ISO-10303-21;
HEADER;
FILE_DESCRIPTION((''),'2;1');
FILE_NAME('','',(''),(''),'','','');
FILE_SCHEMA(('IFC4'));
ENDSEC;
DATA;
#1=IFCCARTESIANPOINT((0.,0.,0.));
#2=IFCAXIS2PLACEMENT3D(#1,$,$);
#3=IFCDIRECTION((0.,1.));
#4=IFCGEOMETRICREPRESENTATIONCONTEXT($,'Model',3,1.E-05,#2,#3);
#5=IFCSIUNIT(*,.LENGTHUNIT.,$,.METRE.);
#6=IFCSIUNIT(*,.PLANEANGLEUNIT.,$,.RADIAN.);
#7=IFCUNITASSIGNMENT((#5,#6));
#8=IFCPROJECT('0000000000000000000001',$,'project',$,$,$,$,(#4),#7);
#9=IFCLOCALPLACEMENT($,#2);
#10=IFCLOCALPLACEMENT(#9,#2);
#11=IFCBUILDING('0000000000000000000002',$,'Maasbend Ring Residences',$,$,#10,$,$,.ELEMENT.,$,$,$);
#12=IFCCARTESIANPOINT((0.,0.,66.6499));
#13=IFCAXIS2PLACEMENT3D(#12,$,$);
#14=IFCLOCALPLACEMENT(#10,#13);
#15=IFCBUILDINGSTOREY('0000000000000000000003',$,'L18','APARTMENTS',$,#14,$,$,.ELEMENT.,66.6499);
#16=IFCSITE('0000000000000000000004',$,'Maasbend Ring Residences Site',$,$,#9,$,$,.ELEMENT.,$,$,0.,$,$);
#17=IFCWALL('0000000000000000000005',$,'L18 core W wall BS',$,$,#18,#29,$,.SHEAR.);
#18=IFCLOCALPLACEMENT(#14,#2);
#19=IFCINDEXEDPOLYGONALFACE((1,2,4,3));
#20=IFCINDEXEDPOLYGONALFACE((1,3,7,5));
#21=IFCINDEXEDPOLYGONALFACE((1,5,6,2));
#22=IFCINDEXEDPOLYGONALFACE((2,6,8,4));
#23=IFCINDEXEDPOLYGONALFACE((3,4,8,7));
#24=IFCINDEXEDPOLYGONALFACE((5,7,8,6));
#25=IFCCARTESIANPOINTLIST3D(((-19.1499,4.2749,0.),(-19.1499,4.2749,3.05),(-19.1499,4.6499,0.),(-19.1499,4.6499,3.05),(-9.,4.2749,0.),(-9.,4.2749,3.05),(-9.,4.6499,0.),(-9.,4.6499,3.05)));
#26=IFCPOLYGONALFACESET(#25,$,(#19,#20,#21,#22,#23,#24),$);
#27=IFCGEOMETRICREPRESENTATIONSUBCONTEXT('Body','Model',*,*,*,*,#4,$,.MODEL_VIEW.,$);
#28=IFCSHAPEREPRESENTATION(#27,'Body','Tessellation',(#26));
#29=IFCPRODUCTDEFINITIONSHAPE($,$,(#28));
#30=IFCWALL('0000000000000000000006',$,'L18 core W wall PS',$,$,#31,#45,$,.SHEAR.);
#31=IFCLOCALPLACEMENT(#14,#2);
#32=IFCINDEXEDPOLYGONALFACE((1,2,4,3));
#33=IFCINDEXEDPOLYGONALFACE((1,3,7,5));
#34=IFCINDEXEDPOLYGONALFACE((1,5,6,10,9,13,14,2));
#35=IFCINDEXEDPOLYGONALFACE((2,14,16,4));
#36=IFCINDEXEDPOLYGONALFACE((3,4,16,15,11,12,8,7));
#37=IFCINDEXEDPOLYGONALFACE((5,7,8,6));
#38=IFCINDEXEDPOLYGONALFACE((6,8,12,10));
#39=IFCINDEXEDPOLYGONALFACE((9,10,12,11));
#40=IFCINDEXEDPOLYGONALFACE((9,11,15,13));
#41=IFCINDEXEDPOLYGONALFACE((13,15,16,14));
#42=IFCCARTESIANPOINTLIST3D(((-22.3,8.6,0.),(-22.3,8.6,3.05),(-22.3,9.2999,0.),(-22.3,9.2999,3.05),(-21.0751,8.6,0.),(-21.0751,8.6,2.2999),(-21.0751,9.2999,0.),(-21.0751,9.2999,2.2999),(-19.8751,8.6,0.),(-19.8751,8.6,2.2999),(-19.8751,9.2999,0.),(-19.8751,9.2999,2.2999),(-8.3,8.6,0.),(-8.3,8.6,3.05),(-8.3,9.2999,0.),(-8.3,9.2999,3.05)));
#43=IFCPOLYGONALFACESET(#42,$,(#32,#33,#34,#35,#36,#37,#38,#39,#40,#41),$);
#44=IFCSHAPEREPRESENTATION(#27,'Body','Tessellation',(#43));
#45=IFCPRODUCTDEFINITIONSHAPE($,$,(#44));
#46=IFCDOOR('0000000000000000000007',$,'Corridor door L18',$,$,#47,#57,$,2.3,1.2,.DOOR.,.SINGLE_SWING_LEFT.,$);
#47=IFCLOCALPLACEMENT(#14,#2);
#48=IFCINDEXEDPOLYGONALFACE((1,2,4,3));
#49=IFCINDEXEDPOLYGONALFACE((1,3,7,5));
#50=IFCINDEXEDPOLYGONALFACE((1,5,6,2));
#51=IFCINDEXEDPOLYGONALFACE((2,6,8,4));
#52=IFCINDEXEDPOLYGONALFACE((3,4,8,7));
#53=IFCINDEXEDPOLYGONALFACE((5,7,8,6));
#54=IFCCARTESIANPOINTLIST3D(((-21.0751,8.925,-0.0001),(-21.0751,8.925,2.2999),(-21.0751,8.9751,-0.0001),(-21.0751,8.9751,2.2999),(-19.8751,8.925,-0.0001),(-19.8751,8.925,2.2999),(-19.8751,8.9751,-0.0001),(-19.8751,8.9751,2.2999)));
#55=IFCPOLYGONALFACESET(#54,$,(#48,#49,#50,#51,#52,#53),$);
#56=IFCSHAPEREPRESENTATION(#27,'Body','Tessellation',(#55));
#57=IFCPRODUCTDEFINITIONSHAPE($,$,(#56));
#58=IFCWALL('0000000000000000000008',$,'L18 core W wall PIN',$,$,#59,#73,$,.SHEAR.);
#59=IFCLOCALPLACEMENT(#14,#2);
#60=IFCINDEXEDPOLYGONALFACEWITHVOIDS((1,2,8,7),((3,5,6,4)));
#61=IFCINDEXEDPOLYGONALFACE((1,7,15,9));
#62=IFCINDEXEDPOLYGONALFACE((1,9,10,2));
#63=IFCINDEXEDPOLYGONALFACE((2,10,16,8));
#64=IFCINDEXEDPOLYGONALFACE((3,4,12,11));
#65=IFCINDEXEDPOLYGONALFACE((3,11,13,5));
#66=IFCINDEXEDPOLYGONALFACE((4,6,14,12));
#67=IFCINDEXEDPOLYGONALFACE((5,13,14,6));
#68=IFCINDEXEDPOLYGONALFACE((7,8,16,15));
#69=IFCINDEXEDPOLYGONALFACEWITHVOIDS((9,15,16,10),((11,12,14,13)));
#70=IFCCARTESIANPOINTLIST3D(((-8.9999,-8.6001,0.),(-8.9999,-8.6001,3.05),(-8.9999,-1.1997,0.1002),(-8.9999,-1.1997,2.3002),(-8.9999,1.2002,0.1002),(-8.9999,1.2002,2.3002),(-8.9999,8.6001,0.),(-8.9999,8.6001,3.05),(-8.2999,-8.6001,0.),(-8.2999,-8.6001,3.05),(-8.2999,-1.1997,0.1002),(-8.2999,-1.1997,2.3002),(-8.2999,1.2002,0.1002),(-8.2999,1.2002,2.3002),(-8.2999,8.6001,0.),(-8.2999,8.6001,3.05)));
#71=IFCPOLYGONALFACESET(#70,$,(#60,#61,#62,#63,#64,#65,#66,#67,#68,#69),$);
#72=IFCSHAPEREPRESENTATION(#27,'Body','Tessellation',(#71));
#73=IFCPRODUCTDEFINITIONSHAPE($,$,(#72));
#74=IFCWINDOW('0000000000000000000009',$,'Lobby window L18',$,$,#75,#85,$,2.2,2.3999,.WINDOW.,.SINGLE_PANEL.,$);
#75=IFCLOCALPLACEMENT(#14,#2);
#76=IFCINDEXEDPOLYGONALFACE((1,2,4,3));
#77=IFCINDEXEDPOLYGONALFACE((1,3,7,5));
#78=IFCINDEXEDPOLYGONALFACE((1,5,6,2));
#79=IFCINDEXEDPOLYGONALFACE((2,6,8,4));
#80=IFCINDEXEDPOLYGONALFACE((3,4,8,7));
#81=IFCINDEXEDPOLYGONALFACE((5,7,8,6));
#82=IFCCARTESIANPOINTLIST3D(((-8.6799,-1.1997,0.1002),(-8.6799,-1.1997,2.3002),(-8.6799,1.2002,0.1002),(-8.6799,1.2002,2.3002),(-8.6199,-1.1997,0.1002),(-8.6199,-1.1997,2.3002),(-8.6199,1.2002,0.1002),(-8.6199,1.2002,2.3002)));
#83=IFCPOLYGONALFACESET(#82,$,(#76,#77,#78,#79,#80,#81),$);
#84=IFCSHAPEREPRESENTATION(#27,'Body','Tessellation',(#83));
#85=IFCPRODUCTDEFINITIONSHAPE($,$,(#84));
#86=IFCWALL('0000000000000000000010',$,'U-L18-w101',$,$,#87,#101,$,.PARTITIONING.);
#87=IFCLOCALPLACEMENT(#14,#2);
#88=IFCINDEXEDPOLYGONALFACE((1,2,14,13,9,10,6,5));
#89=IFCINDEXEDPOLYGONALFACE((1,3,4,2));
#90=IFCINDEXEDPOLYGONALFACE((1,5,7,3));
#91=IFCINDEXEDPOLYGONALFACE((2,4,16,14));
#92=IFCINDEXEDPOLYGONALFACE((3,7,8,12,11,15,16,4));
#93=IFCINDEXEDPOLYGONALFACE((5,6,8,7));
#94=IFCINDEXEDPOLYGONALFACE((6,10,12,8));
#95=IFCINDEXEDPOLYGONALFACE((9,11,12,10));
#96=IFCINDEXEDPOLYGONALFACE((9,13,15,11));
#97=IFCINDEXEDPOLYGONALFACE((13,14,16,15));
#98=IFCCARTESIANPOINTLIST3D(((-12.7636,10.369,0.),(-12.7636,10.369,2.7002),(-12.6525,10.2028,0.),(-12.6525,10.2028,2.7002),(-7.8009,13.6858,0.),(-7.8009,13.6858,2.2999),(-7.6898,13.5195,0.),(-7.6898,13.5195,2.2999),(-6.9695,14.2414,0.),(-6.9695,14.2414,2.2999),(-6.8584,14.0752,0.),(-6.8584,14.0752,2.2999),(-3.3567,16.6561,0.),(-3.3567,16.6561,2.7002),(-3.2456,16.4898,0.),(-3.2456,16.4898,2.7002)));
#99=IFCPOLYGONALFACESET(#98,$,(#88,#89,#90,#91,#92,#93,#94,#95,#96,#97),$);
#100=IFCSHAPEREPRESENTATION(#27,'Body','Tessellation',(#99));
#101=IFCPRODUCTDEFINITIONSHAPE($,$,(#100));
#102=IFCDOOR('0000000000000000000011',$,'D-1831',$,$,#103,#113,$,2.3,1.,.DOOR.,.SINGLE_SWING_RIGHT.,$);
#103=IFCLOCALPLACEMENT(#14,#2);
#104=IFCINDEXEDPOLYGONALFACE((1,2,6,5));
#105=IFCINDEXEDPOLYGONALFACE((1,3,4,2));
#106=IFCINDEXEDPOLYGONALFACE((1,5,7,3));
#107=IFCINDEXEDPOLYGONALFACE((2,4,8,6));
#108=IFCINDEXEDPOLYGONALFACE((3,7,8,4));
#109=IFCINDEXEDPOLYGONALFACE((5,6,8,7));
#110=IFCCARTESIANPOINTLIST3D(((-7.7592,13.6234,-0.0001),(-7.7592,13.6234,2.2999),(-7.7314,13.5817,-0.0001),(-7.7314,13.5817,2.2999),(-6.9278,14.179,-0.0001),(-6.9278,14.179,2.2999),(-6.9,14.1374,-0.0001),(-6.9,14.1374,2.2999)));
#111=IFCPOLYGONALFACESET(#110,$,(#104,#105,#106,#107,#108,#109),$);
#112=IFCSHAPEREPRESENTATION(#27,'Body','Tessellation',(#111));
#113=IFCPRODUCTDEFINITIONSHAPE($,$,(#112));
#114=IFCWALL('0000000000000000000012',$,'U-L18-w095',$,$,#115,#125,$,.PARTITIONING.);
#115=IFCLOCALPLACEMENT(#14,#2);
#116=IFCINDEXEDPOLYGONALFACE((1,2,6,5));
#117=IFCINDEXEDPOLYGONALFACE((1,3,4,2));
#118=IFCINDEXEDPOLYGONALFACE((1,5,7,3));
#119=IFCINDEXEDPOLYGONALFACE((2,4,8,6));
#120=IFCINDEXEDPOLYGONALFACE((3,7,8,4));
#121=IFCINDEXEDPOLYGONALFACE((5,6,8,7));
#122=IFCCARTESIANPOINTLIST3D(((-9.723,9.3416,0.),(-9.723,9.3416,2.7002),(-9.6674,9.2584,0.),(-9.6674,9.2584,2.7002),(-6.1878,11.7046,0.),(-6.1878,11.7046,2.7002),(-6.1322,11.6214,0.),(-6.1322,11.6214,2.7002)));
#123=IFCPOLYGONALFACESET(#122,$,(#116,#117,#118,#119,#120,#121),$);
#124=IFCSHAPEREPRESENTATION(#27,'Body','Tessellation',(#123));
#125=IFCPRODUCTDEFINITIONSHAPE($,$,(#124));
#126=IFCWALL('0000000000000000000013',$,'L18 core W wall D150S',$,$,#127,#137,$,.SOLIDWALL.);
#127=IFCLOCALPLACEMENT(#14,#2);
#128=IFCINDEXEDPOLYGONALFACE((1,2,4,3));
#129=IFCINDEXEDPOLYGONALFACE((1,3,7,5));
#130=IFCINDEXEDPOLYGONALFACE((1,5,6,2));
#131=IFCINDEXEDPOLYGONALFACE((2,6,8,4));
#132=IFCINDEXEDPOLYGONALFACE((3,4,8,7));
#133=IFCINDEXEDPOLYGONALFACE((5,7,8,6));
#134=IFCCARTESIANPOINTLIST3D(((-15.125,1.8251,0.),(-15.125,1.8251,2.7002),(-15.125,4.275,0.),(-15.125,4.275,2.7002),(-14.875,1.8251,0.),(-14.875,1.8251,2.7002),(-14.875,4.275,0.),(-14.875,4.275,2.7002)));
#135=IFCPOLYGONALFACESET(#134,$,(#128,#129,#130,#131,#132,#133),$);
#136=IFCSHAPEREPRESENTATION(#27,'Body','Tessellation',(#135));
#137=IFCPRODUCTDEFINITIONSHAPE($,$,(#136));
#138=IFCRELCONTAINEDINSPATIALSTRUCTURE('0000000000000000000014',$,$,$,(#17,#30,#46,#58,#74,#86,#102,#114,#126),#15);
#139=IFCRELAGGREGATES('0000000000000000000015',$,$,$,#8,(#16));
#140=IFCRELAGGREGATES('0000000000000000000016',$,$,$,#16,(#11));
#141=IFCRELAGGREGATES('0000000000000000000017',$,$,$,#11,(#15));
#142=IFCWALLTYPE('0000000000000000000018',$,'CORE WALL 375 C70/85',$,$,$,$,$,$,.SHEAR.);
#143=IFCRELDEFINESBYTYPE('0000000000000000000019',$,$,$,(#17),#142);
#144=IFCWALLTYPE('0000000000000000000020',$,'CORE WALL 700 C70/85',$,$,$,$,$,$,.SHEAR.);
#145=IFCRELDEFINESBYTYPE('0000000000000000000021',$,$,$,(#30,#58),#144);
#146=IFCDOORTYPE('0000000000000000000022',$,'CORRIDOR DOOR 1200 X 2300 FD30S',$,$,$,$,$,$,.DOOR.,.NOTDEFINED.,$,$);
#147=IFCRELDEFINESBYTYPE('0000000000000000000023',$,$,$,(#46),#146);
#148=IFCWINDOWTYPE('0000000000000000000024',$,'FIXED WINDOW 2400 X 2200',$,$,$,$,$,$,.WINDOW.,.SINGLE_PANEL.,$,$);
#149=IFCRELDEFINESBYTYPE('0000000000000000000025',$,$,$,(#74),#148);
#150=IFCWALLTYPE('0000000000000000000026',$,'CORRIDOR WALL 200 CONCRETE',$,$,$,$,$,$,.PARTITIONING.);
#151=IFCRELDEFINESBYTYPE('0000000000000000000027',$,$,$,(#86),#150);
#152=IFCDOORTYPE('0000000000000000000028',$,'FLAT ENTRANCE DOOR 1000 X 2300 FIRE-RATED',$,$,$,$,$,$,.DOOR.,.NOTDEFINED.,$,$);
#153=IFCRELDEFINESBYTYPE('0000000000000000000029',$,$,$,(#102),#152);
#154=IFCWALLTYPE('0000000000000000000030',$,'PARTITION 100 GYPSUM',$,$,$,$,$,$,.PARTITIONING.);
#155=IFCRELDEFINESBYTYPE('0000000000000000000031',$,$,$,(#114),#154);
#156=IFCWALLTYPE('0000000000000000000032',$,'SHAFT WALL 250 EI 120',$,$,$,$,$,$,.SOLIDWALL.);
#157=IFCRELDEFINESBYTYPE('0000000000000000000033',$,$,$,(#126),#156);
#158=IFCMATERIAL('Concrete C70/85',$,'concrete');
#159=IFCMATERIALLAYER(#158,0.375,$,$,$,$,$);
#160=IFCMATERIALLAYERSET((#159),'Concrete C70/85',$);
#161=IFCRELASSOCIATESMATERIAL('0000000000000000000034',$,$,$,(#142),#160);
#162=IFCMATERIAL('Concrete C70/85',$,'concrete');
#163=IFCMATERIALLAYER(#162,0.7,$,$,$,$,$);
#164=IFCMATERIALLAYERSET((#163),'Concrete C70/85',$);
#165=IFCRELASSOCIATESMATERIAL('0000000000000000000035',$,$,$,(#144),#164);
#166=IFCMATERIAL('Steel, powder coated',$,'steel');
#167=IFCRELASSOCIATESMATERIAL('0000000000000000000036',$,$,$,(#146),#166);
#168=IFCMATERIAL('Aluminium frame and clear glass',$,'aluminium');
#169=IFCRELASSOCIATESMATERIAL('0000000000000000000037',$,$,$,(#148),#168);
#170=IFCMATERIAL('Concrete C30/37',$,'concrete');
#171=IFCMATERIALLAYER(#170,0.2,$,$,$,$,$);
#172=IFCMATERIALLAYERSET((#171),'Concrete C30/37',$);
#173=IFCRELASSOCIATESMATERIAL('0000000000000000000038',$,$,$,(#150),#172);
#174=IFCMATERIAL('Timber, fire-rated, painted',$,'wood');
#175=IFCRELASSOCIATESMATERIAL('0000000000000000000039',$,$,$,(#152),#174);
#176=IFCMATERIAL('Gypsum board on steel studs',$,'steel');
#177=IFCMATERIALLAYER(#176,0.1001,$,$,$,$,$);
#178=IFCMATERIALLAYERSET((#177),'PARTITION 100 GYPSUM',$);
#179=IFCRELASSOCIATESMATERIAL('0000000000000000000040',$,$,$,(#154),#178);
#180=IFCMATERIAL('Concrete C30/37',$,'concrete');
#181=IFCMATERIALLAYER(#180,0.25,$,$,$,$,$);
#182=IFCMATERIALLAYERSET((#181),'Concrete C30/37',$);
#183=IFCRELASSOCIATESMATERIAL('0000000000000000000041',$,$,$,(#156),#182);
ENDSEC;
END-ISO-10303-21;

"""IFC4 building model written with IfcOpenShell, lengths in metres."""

from ifc_helpers import new_model, si_unit, direction, frame, frame_2d, origin, place, context, subcontext, project, spatial, rectangle, extrude, material, layer, layer_set, type_object, element, fill, save


model = new_model("IFC4")

# Units and contexts
model_context = context("Model", 3, precision=1e-05, world=origin(), true_north=direction((0.0, 1.0)))
body_context = subcontext(model_context, "Body", "Model", "MODEL_VIEW")
ifc_project = project(units=[si_unit("LENGTHUNIT", "METRE"), si_unit("PLANEANGLEUNIT", "RADIAN")], contexts=[model_context])

# Site, building, storey
site_placement = place(None, origin())
site = spatial("IfcSite", under=ifc_project, at=site_placement, Name="Maasbend Ring Residences Site", CompositionType="ELEMENT", RefElevation=0.0)
building_placement = place(site_placement, origin())
building = spatial("IfcBuilding", under=site, at=building_placement, Name="Maasbend Ring Residences", CompositionType="ELEMENT")
storey_placement = place(building_placement, frame((0.0, 0.0, 66.6499)))
storey = spatial("IfcBuildingStorey", under=building, at=storey_placement, Name="L18", Description="APARTMENTS", CompositionType="ELEMENT", Elevation=66.6499)

# Wall
ifc_material_1 = material(Name="Concrete C70/85", Category="concrete")
ifc_layer_1 = layer(ifc_material_1, 0.375)
ifc_layer_set_1 = layer_set([ifc_layer_1], Name="Concrete C70/85")
wall_type_1 = type_object("IfcWallType", Name="CORE WALL 375 C70/85", PredefinedType="SHEAR", material=ifc_layer_set_1)
wall_1_placement = place(storey_placement, frame((-9.0, 4.4624, 0.0), z_axis=(0.0, 0.0, 1.0), x_axis=(-1.0, 0.0, 0.0)))
element("IfcWall", 1, at=wall_1_placement, inside=storey, type_object=wall_type_1, Name="L18 core W wall BS", PredefinedType="SHEAR", context=body_context, shape_type="SweptSolid", body=[
    extrude(rectangle(XDim=10.1499, YDim=0.375, at=frame_2d((5.075, 0.0))), origin(), (0.0, 0.0, 1.0), 3.05),
])

# Wall, opening, door
ifc_material_2 = material(Name="Concrete C70/85", Category="concrete")
ifc_layer_2 = layer(ifc_material_2, 0.7)
ifc_layer_set_2 = layer_set([ifc_layer_2], Name="Concrete C70/85")
wall_type_2 = type_object("IfcWallType", Name="CORE WALL 700 C70/85", PredefinedType="SHEAR", material=ifc_layer_set_2)
wall_2_placement = place(storey_placement, frame((-8.3, 8.95, 0.0), z_axis=(0.0, 0.0, 1.0), x_axis=(-1.0, 0.0, 0.0)))
wall_2 = element("IfcWall", 2, at=wall_2_placement, inside=storey, type_object=wall_type_2, Name="L18 core W wall PS", PredefinedType="SHEAR", context=body_context, shape_type="SweptSolid", body=[
    extrude(rectangle(XDim=14.0, YDim=0.7, at=frame_2d((7.0, 0.0))), origin(), (0.0, 0.0, 1.0), 3.05),
])
opening_1_placement = place(wall_2_placement, frame((11.575, 0.0, 0.0)))
opening_1 = element("IfcOpeningElement", 3, at=opening_1_placement, cuts=wall_2, PredefinedType="OPENING", context=body_context, shape_type="SweptSolid", body=[
    extrude(rectangle(XDim=1.2, YDim=2.3, at=frame_2d((0.6001, 1.1499))), frame((0.0, 0.3599, 0.0), z_axis=(0.0, -1.0, 0.0), x_axis=(1.0, 0.0, 0.0)), (0.0, 0.0, 1.0), 0.72),
])
ifc_material_3 = material(Name="Steel, powder coated", Category="steel")
door_type_1 = type_object("IfcDoorType", Name="CORRIDOR DOOR 1200 X 2300 FD30S", OperationType="NOTDEFINED", PredefinedType="DOOR", material=ifc_material_3)
door_1_placement = place(opening_1_placement, origin())
door_1 = element("IfcDoor", 4, at=door_1_placement, inside=storey, type_object=door_type_1, Name="Corridor door L18", OperationType="SINGLE_SWING_LEFT", OverallHeight=2.3, OverallWidth=1.2, PredefinedType="DOOR", context=body_context, shape_type="SweptSolid", body=[
    extrude(rectangle(XDim=1.2, YDim=2.3, at=frame_2d((0.6001, 1.1499))), frame((0.0, 0.0249, 0.0), z_axis=(0.0, -1.0, 0.0), x_axis=(1.0, 0.0, 0.0)), (0.0, 0.0, 1.0), 0.05),
])
fill(opening_1, door_1)

# Wall, opening, window
wall_3_placement = place(storey_placement, frame((-8.6499, 8.6001, 0.0), z_axis=(0.0, 0.0, 1.0), x_axis=(0.0, -1.0, 0.0)))
wall_3 = element("IfcWall", 5, at=wall_3_placement, inside=storey, type_object=wall_type_2, Name="L18 core W wall PIN", PredefinedType="SHEAR", context=body_context, shape_type="SweptSolid", body=[
    extrude(rectangle(XDim=17.2002, YDim=0.7, at=frame_2d((8.6001, 0.0))), origin(), (0.0, 0.0, 1.0), 3.05),
])
opening_2_placement = place(wall_3_placement, frame((7.3999, 0.0, 0.1001)))
opening_2 = element("IfcOpeningElement", 6, at=opening_2_placement, cuts=wall_3, PredefinedType="OPENING", context=body_context, shape_type="SweptSolid", body=[
    extrude(rectangle(XDim=2.3999, YDim=2.2, at=frame_2d((1.2, 1.1001))), frame((0.0, 0.3599, 0.0), z_axis=(0.0, -1.0, 0.0), x_axis=(1.0, 0.0, 0.0)), (0.0, 0.0, 1.0), 0.72),
])
ifc_material_4 = material(Name="Aluminium frame and clear glass", Category="aluminium")
window_type = type_object("IfcWindowType", Name="FIXED WINDOW 2400 X 2200", PartitioningType="SINGLE_PANEL", PredefinedType="WINDOW", material=ifc_material_4)
window_placement = place(opening_2_placement, origin())
window = element("IfcWindow", 7, at=window_placement, inside=storey, type_object=window_type, Name="Lobby window L18", OverallHeight=2.2, OverallWidth=2.3999, PartitioningType="SINGLE_PANEL", PredefinedType="WINDOW", context=body_context, shape_type="SweptSolid", body=[
    extrude(rectangle(XDim=2.3999, YDim=2.2, at=frame_2d((1.2, 1.1001))), frame((0.0, 0.03, 0.0), z_axis=(0.0, -1.0, 0.0), x_axis=(1.0, 0.0, 0.0)), (0.0, 0.0, 1.0), 0.0601),
])
fill(opening_2, window)

# Wall, opening, door
ifc_material_5 = material(Name="Concrete C30/37", Category="concrete")
ifc_layer_3 = layer(ifc_material_5, 0.2)
ifc_layer_set_3 = layer_set([ifc_layer_3], Name="Concrete C30/37")
wall_type_3 = type_object("IfcWallType", Name="CORRIDOR WALL 200 CONCRETE", PredefinedType="PARTITIONING", material=ifc_layer_set_3)
wall_4_placement = place(storey_placement, frame((-12.708, 10.2859, 0.0), z_axis=(0.0, 0.0, 1.0), x_axis=(0.831406, 0.555666, 0.0)))
wall_4 = element("IfcWall", 8, at=wall_4_placement, inside=storey, type_object=wall_type_3, Name="U-L18-w101", PredefinedType="PARTITIONING", context=body_context, shape_type="SweptSolid", body=[
    extrude(rectangle(XDim=11.3145, YDim=0.2, at=frame_2d((5.6572, 0.0))), origin(), (0.0, 0.0, 1.0), 2.7002),
])
opening_3_placement = place(wall_4_placement, frame((5.969, 0.0, 0.0)))
opening_3 = element("IfcOpeningElement", 9, at=opening_3_placement, cuts=wall_4, PredefinedType="OPENING", context=body_context, shape_type="SweptSolid", body=[
    extrude(rectangle(XDim=1.0, YDim=2.3, at=frame_2d((0.5, 1.1499))), frame((0.0, 0.1099, 0.0), z_axis=(0.0, -1.0, 0.0), x_axis=(1.0, 0.0, 0.0)), (0.0, 0.0, 1.0), 0.22),
])
ifc_material_6 = material(Name="Timber, fire-rated, painted", Category="wood")
door_type_2 = type_object("IfcDoorType", Name="FLAT ENTRANCE DOOR 1000 X 2300 FIRE-RATED", OperationType="NOTDEFINED", PredefinedType="DOOR", material=ifc_material_6)
door_2_placement = place(opening_3_placement, origin())
door_2 = element("IfcDoor", 10, at=door_2_placement, inside=storey, type_object=door_type_2, Name="D-1831", OperationType="SINGLE_SWING_RIGHT", OverallHeight=2.3, OverallWidth=1.0, PredefinedType="DOOR", context=body_context, shape_type="SweptSolid", body=[
    extrude(rectangle(XDim=1.0, YDim=2.3, at=frame_2d((0.5, 1.1499))), frame((0.0, 0.0249, 0.0), z_axis=(0.0, -1.0, 0.0), x_axis=(1.0, 0.0, 0.0)), (0.0, 0.0, 1.0), 0.05),
])
fill(opening_3, door_2)

# Walls
ifc_material_7 = material(Name="Gypsum board on steel studs", Category="steel")
ifc_layer_4 = layer(ifc_material_7, 0.1001)
ifc_layer_set_4 = layer_set([ifc_layer_4], Name="PARTITION 100 GYPSUM")
wall_type_4 = type_object("IfcWallType", Name="PARTITION 100 GYPSUM", PredefinedType="PARTITIONING", material=ifc_layer_set_4)
wall_5_placement = place(storey_placement, frame((-9.6951, 9.3, 0.0), z_axis=(0.0, 0.0, 1.0), x_axis=(0.83137, 0.55572, 0.0)))
element("IfcWall", 11, at=wall_5_placement, inside=storey, type_object=wall_type_4, Name="U-L18-w095", PredefinedType="PARTITIONING", context=body_context, shape_type="SweptSolid", body=[
    extrude(rectangle(XDim=4.2522, YDim=0.1001, at=frame_2d((2.126, 0.0))), origin(), (0.0, 0.0, 1.0), 2.7002),
])
ifc_material_8 = material(Name="Concrete C30/37", Category="concrete")
ifc_layer_5 = layer(ifc_material_8, 0.25)
ifc_layer_set_5 = layer_set([ifc_layer_5], Name="Concrete C30/37")
wall_type_5 = type_object("IfcWallType", Name="SHAFT WALL 250 EI 120", PredefinedType="SOLIDWALL", material=ifc_layer_set_5)
wall_6_placement = place(storey_placement, frame((-15.0, 1.825, 0.0), z_axis=(0.0, 0.0, 1.0), x_axis=(0.0, 1.0, 0.0)))
element("IfcWall", 12, at=wall_6_placement, inside=storey, type_object=wall_type_5, Name="L18 core W wall D150S", PredefinedType="SOLIDWALL", context=body_context, shape_type="SweptSolid", body=[
    extrude(rectangle(XDim=2.45, YDim=0.25, at=frame_2d((1.2251, 0.0))), origin(), (0.0, 0.0, 1.0), 2.7002),
])

save(model, "model.ifc")
